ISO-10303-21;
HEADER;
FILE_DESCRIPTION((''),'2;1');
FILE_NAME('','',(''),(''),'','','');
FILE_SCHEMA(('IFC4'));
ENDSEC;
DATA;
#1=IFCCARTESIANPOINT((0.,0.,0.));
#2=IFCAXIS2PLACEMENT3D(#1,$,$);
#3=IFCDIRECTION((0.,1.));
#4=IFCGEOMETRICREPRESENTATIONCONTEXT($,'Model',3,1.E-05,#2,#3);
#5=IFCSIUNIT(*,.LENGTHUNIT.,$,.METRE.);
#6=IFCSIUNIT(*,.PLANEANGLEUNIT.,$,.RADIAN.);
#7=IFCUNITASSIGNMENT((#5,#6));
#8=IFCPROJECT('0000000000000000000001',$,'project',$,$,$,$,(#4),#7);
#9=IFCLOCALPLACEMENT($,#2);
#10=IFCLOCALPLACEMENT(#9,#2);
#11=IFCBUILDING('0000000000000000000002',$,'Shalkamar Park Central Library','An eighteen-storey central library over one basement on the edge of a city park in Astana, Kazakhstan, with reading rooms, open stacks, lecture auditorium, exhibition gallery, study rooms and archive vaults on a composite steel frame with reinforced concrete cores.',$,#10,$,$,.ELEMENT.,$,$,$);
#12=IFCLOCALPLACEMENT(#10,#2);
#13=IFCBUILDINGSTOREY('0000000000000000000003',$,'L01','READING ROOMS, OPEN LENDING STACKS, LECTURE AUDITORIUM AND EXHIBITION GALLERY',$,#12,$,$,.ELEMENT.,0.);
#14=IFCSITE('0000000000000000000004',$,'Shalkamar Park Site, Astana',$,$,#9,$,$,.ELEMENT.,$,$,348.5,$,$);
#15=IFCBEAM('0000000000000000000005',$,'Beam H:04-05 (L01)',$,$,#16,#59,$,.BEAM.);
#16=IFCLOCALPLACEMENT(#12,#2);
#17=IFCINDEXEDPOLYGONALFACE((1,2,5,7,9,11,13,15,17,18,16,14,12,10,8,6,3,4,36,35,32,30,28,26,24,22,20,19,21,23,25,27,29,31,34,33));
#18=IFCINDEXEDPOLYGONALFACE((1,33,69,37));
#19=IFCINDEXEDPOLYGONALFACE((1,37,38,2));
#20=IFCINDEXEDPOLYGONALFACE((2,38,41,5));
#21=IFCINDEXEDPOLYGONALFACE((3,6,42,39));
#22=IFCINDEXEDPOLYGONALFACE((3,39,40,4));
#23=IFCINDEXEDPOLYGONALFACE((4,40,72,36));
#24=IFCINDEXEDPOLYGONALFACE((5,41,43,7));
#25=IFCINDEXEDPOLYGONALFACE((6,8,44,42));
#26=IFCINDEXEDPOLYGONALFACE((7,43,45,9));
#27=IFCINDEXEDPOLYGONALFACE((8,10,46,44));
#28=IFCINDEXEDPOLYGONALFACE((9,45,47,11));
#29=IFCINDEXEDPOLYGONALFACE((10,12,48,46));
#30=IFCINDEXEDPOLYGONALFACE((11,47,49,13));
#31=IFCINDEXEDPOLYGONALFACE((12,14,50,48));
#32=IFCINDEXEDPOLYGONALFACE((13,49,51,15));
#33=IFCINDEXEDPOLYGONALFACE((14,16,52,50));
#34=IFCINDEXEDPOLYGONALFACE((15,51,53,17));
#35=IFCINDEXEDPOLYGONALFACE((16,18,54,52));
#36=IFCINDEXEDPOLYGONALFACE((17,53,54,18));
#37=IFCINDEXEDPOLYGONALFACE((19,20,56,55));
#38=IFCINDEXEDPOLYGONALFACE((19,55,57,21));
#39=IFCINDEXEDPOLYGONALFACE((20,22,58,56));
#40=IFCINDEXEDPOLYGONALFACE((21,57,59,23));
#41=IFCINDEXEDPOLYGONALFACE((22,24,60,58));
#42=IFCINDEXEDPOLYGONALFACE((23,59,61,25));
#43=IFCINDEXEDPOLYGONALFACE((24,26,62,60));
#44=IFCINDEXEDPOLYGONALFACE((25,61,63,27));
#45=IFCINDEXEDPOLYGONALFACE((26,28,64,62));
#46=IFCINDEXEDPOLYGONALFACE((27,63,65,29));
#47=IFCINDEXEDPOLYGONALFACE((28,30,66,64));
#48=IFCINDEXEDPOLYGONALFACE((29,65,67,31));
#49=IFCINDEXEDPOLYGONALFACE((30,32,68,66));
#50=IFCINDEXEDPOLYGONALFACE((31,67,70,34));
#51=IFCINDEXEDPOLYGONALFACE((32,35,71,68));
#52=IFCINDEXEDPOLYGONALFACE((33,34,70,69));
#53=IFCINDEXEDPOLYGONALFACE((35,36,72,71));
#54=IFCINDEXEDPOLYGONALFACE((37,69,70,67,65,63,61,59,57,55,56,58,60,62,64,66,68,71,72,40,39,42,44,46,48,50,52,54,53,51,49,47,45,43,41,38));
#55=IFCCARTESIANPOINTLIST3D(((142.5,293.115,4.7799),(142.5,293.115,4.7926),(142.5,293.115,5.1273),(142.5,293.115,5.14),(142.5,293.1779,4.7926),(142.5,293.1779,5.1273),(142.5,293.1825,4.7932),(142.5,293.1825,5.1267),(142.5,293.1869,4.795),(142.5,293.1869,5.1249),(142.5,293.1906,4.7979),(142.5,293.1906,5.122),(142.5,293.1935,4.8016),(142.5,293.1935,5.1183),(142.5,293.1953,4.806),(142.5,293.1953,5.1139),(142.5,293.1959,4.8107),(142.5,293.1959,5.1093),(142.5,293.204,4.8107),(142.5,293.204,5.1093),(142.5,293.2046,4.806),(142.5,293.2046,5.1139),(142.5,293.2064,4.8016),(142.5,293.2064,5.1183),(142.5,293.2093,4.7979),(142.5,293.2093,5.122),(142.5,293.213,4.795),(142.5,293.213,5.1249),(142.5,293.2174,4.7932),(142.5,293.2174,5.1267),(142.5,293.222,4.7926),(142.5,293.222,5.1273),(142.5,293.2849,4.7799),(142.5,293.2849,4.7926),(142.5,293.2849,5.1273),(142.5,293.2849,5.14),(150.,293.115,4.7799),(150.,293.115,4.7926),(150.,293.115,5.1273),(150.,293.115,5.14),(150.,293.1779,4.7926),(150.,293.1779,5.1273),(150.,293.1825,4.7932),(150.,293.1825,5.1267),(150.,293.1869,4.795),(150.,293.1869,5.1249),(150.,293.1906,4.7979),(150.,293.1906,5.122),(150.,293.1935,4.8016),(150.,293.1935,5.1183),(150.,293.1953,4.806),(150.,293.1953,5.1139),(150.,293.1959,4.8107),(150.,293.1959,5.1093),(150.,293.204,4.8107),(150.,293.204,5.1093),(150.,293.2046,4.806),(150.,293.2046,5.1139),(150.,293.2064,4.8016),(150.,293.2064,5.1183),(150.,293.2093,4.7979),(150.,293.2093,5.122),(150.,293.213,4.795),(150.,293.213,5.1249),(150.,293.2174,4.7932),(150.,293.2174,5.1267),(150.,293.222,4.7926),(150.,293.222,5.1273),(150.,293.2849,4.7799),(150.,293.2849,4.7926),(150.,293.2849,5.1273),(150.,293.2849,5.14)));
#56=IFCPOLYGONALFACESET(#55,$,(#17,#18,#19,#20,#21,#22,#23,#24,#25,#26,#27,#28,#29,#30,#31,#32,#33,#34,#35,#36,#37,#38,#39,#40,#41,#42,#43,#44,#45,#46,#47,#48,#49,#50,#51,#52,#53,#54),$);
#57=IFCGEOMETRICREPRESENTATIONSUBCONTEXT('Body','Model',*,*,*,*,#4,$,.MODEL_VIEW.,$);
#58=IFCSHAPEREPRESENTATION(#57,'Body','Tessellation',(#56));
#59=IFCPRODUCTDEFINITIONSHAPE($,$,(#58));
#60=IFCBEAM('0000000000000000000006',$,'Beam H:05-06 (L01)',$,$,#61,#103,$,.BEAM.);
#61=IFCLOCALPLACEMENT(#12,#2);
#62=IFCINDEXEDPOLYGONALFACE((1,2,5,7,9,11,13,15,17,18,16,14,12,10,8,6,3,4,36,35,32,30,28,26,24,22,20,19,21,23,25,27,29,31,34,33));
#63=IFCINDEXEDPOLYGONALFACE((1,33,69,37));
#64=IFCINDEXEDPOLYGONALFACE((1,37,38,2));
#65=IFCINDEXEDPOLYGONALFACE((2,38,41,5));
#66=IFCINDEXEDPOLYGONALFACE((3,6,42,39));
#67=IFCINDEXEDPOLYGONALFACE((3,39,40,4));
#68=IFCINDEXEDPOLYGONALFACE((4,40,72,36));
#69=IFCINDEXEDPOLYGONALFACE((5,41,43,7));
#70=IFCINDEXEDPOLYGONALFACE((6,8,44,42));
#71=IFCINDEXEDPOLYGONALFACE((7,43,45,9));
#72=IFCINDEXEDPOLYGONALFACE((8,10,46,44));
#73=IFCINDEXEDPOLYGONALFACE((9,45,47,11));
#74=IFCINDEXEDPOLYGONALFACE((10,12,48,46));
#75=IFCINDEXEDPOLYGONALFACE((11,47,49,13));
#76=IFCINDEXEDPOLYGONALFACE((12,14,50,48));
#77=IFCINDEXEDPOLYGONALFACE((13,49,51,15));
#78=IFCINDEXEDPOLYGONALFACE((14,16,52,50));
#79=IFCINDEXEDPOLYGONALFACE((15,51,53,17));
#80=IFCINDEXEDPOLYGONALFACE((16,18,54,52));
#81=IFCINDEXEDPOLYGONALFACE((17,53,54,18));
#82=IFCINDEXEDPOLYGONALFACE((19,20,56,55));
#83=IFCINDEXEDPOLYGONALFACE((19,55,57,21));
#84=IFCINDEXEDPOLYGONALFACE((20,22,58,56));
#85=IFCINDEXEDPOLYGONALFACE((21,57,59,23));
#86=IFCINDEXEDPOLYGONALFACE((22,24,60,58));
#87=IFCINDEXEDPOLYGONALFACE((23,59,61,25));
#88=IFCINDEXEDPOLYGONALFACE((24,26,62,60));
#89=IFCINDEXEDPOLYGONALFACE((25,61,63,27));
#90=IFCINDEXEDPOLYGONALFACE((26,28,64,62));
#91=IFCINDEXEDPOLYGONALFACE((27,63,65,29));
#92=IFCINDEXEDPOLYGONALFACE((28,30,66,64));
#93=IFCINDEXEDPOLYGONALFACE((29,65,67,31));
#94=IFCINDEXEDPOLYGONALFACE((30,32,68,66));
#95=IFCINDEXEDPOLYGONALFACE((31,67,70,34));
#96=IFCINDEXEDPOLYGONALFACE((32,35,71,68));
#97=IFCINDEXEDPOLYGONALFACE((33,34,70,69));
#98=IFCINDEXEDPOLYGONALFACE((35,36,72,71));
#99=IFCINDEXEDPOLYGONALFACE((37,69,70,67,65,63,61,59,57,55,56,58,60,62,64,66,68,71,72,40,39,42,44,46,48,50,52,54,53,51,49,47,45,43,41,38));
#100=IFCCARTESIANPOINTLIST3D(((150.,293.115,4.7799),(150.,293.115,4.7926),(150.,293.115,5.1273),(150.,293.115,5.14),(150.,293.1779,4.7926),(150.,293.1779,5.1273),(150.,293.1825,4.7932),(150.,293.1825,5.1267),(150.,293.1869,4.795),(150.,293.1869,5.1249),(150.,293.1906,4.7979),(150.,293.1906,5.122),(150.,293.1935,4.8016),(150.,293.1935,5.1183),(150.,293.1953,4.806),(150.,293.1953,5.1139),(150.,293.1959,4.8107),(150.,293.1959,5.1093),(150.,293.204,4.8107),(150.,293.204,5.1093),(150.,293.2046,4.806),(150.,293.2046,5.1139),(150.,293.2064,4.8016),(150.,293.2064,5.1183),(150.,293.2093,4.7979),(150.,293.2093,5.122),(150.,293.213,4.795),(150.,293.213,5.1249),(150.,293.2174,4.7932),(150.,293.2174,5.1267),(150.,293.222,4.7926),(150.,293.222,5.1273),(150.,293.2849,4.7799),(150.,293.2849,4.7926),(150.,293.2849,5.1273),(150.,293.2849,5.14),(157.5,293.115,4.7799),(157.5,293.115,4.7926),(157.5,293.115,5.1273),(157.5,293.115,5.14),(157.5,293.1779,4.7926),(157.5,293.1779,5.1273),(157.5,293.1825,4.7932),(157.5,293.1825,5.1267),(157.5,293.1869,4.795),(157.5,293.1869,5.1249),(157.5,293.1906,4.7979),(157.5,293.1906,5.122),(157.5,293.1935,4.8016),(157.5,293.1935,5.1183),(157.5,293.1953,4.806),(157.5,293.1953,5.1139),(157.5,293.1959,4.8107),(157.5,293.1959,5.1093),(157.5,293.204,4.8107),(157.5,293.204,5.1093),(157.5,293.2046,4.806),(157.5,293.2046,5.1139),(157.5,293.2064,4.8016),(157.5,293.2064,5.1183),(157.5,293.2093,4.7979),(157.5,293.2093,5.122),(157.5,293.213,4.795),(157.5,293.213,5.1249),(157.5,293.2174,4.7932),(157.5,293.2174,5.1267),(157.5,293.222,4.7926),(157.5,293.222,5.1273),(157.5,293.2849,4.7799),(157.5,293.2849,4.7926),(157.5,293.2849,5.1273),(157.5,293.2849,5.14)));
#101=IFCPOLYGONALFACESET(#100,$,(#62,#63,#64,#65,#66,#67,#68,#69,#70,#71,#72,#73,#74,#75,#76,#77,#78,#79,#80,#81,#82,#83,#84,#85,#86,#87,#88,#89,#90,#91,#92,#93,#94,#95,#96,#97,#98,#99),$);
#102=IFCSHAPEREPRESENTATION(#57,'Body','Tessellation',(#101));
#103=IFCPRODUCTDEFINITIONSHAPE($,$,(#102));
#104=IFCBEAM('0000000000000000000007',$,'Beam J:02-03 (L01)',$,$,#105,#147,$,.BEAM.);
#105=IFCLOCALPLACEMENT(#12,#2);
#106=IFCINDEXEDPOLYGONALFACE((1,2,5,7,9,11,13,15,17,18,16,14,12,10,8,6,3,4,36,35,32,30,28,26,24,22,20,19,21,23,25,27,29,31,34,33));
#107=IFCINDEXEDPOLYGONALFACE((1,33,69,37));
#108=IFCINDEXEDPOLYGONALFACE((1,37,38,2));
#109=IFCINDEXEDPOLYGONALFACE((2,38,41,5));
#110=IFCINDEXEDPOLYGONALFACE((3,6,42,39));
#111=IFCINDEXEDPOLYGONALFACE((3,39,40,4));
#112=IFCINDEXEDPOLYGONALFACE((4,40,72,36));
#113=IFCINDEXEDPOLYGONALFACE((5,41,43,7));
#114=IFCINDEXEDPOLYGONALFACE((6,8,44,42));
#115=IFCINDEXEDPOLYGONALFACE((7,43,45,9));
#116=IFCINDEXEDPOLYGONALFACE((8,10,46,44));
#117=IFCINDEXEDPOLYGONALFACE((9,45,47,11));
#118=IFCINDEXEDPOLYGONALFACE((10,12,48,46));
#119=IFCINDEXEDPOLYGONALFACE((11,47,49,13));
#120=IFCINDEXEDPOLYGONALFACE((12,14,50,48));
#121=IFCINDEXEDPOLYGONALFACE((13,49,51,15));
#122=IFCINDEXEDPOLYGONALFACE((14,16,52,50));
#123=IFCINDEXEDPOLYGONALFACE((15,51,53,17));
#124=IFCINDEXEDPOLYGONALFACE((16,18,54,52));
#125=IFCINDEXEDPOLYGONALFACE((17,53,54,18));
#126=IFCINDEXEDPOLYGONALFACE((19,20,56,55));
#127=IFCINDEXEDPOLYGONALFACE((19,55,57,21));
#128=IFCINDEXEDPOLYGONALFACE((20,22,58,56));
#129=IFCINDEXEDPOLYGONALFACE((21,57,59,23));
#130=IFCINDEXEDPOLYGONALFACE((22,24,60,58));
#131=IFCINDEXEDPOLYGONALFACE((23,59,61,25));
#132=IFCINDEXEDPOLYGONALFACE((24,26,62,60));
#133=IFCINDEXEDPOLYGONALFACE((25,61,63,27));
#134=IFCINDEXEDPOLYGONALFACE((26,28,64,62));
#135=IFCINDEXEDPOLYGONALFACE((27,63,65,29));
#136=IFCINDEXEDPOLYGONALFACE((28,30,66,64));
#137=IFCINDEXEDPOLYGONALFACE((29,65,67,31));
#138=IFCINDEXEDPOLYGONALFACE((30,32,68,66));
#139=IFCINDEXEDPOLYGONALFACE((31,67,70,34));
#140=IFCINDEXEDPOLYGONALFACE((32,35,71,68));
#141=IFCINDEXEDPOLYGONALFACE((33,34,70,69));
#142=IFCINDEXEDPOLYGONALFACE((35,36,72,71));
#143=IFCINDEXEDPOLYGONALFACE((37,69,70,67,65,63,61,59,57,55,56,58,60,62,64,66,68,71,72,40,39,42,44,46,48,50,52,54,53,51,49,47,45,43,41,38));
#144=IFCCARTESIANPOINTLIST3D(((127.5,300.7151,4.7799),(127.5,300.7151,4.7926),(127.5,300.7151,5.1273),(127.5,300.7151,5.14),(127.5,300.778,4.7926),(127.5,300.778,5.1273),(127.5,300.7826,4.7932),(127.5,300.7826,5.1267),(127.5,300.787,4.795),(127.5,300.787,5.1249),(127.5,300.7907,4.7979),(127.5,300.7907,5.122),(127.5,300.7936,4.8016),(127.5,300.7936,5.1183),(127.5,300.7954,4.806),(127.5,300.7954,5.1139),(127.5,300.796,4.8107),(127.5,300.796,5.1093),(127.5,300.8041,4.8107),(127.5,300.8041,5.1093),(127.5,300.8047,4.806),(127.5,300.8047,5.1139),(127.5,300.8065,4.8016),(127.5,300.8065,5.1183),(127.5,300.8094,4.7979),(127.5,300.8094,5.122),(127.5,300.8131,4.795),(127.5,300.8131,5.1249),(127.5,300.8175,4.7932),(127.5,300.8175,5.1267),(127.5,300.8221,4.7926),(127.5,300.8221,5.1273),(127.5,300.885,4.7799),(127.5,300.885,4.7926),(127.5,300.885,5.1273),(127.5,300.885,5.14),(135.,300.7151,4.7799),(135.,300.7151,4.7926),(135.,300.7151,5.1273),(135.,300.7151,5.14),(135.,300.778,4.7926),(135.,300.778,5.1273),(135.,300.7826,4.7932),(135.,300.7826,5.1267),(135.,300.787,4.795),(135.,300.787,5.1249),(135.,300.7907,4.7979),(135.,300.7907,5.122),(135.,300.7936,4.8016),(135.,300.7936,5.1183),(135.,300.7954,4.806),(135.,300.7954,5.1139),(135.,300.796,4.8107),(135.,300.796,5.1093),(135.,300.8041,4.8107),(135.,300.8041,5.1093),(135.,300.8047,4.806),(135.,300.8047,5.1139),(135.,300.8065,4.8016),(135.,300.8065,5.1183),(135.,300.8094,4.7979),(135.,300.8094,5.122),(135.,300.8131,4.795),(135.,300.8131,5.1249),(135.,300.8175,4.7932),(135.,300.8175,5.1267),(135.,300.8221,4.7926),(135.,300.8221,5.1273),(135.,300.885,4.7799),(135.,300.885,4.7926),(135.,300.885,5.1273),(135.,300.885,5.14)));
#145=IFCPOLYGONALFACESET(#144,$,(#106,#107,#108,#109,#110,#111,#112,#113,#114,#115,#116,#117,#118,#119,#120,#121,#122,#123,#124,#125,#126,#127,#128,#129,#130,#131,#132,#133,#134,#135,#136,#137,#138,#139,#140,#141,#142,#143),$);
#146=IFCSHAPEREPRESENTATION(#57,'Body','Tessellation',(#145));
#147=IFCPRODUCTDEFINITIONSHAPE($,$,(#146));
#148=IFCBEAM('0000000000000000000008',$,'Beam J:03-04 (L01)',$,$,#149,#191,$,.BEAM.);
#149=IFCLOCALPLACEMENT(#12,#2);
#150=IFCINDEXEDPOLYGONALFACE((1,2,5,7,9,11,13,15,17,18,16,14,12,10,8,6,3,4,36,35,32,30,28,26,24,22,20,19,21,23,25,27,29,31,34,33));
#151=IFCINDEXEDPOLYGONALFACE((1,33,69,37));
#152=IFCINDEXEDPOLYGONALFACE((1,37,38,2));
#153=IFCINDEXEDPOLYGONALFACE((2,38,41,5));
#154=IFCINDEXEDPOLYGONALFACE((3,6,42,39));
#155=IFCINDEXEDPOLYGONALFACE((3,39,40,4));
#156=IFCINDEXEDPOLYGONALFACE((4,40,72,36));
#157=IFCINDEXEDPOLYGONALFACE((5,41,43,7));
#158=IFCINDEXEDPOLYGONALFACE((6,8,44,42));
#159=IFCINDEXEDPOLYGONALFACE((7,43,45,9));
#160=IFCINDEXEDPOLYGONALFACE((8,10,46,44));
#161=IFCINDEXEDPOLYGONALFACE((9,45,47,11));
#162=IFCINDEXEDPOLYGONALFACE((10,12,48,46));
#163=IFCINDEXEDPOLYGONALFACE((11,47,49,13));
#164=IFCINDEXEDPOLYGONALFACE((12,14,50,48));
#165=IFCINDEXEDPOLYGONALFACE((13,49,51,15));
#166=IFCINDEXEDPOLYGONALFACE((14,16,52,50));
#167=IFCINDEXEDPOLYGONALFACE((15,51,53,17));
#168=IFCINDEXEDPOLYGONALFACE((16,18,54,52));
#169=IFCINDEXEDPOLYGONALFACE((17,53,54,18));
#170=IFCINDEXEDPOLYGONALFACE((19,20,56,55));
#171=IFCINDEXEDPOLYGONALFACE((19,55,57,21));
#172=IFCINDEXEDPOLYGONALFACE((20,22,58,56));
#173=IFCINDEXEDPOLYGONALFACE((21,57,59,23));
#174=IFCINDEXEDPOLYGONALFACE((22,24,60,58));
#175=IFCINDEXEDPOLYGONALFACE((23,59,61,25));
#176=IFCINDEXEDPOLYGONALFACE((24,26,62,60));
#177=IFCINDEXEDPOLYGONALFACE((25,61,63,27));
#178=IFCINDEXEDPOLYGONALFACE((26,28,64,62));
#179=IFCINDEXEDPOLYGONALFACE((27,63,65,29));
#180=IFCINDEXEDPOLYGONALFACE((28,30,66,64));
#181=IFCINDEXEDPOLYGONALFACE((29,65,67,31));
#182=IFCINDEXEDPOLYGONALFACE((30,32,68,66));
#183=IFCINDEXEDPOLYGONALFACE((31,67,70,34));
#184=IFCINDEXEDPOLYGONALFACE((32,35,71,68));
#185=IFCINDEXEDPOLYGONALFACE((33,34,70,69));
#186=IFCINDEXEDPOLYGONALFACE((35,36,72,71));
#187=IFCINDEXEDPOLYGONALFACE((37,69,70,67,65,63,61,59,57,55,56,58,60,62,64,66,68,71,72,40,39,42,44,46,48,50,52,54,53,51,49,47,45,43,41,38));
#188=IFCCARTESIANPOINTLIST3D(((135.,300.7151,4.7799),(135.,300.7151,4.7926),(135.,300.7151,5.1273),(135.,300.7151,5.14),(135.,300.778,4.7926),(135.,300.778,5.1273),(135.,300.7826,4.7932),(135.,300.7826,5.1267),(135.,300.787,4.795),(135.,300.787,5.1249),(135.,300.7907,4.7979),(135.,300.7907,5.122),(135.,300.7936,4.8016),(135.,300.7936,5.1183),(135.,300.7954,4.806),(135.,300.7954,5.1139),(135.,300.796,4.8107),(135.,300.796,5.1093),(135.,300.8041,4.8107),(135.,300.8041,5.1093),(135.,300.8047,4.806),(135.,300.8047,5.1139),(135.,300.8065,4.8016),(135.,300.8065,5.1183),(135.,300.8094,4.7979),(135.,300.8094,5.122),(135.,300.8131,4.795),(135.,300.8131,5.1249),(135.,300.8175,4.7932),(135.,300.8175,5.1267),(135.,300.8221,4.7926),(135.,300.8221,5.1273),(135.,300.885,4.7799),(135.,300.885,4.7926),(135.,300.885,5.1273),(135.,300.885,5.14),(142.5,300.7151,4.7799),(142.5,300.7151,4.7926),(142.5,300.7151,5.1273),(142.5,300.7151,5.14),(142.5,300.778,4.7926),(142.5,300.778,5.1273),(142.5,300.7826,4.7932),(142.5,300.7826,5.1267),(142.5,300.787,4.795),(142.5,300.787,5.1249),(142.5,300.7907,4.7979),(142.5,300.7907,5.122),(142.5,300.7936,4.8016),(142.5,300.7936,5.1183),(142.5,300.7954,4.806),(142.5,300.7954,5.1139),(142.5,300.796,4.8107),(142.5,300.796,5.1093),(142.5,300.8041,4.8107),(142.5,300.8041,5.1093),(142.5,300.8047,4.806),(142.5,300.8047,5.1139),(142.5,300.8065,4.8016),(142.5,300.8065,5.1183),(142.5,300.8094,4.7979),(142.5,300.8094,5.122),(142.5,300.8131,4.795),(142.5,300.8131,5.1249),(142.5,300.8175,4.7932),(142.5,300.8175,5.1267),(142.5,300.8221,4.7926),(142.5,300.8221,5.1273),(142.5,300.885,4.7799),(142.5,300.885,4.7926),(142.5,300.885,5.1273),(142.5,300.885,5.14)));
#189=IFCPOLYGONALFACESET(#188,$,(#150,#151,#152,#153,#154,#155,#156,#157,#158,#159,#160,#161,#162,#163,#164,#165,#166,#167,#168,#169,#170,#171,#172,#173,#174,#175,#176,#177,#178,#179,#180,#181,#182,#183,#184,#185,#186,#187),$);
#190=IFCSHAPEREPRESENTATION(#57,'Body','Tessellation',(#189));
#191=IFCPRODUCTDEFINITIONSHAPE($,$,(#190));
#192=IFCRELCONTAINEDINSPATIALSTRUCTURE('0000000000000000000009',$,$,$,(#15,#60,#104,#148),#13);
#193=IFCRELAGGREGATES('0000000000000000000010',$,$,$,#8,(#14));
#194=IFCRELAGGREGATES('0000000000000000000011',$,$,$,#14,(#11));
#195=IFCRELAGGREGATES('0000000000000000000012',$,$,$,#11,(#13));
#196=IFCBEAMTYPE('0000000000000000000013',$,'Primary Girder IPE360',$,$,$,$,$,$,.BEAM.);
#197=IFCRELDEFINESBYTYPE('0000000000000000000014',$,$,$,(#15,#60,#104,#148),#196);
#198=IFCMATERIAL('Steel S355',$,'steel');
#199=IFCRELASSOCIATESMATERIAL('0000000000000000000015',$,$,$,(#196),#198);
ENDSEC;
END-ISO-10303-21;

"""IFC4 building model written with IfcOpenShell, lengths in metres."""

from ifc_helpers import new_model, si_unit, direction, frame, origin, origin_2d, place, context, subcontext, project, spatial, i_section, extrude, material, material_profile, profile_set, type_object, element, save


model = new_model("IFC4")

# Units and contexts
model_context = context("Model", 3, precision=1e-05, world=origin(), true_north=direction((0.0, 1.0)))
body_context = subcontext(model_context, "Body", "Model", "MODEL_VIEW")
ifc_project = project(units=[si_unit("LENGTHUNIT", "METRE"), si_unit("PLANEANGLEUNIT", "RADIAN")], contexts=[model_context])

# Site, building, storey
site_placement = place(None, origin())
site = spatial("IfcSite", under=ifc_project, at=site_placement, Name="Shalkamar Park Site, Astana", CompositionType="ELEMENT", RefElevation=348.5)
building_placement = place(site_placement, origin())
building = spatial("IfcBuilding", under=site, at=building_placement, Name="Shalkamar Park Central Library", Description="An eighteen-storey central library over one basement on the edge of a city park in Astana, Kazakhstan, with reading rooms, open stacks, lecture auditorium, exhibition gallery, study rooms and archive vaults on a composite steel frame with reinforced concrete cores.", CompositionType="ELEMENT")
storey_placement = place(building_placement, origin())
storey = spatial("IfcBuildingStorey", under=building, at=storey_placement, Name="L01", Description="READING ROOMS, OPEN LENDING STACKS, LECTURE AUDITORIUM AND EXHIBITION GALLERY", CompositionType="ELEMENT", Elevation=0.0)

# Shared definitions
ifc_material = material(Name="Steel S355", Category="steel")

# Beams
ifc_material_profile_1 = material_profile(ifc_material, i_section(OverallWidth=0.1699, OverallDepth=0.3601, WebThickness=0.0081, FlangeThickness=0.0127, FilletRadius=0.0181, at=origin_2d()), Name="IPE 360")
ifc_profile_set_1 = profile_set([ifc_material_profile_1], Name="Steel S355")
beam_type = type_object("IfcBeamType", Name="Primary Girder IPE360", PredefinedType="BEAM", material=ifc_profile_set_1)
for number, where, z_axis, x_axis, name in (
    (1, (142.5, 293.2, 4.96), (1.0, 0.0, 0.0), (0.0, 1.0, 0.0), "Beam H:04-05 (L01)"),
    (2, (150.0, 293.2, 4.96), (1.0, 0.0, 0.0), (0.0, 1.0, 0.0), "Beam H:05-06 (L01)"),
    (3, (127.5, 300.8, 4.96), (1.0, 0.0, 0.0), (0.0, 1.0, 0.0), "Beam J:02-03 (L01)"),
    (4, (135.0, 300.8, 4.96), (1.0, 0.0, 0.0), (0.0, 1.0, 0.0), "Beam J:03-04 (L01)"),
):
    element("IfcBeam", number, at=place(storey_placement, frame(where, z_axis=z_axis, x_axis=x_axis)), inside=storey, type_object=beam_type, Name=name, PredefinedType="BEAM", context=body_context, shape_type="SweptSolid", body=[
        extrude(i_section(OverallWidth=0.1699, OverallDepth=0.3601, WebThickness=0.0081, FlangeThickness=0.0127, FilletRadius=0.0181, at=origin_2d()), origin(), (0.0, 0.0, 1.0), 7.5),
    ])

save(model, "model.ifc")
